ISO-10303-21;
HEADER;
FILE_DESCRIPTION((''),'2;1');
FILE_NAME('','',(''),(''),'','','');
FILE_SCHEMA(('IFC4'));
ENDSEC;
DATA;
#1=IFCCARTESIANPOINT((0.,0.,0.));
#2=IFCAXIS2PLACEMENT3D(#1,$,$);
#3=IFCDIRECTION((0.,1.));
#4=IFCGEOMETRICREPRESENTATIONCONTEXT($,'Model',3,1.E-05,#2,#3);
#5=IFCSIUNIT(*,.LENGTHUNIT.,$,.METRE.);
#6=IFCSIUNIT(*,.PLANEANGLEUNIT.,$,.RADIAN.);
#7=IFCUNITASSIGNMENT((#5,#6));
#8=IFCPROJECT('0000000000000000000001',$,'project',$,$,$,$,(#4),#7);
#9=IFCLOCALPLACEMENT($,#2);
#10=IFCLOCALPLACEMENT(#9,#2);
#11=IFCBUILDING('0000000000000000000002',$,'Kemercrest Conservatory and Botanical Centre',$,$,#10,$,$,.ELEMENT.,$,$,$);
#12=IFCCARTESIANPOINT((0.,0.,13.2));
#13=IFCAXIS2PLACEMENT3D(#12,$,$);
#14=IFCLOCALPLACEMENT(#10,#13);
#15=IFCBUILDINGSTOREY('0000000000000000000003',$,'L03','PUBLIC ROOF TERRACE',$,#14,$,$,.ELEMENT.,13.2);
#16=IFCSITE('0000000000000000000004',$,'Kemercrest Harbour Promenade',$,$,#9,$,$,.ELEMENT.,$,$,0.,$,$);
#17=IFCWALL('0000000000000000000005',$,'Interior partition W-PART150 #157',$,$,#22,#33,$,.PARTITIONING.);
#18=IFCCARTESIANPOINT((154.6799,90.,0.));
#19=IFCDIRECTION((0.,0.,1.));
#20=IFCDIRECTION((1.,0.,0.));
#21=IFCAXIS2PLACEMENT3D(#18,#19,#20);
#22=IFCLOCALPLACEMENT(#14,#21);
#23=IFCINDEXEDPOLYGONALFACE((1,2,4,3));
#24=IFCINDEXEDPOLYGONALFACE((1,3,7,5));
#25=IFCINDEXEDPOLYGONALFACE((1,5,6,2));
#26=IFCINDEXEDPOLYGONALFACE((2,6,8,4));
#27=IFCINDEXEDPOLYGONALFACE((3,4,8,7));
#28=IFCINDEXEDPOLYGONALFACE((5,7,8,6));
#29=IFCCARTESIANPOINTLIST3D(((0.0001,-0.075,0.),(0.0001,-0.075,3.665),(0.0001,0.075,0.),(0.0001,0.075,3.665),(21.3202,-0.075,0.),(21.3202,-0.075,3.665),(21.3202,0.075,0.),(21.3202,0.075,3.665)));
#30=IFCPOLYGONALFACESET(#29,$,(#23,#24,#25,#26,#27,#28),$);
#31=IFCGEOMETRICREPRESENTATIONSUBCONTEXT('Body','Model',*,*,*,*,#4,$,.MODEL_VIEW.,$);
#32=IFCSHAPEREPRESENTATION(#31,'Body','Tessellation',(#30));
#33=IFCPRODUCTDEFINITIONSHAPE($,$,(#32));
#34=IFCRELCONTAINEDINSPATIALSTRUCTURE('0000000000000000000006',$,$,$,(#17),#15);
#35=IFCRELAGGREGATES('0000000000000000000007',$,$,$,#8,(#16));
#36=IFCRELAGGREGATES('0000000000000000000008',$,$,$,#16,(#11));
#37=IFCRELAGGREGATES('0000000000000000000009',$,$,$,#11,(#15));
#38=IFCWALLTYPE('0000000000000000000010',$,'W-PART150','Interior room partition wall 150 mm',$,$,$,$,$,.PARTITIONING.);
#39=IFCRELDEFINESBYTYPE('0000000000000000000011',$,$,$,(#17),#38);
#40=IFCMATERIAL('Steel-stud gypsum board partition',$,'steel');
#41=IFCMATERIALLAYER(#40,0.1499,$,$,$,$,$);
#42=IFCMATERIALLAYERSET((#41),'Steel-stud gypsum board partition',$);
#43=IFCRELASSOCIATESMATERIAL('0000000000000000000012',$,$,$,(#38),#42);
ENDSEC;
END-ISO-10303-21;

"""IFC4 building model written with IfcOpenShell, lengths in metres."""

from ifc_helpers import new_model, si_unit, direction, frame, frame_2d, origin, place, context, subcontext, project, spatial, rectangle, extrude, material, layer, layer_set, type_object, element, save


model = new_model("IFC4")

# Units and contexts
model_context = context("Model", 3, precision=1e-05, world=origin(), true_north=direction((0.0, 1.0)))
body_context = subcontext(model_context, "Body", "Model", "MODEL_VIEW")
ifc_project = project(units=[si_unit("LENGTHUNIT", "METRE"), si_unit("PLANEANGLEUNIT", "RADIAN")], contexts=[model_context])

# Site, building, storey
site_placement = place(None, origin())
site = spatial("IfcSite", under=ifc_project, at=site_placement, Name="Kemercrest Harbour Promenade", CompositionType="ELEMENT", RefElevation=0.0)
building_placement = place(site_placement, origin())
building = spatial("IfcBuilding", under=site, at=building_placement, Name="Kemercrest Conservatory and Botanical Centre", CompositionType="ELEMENT")
storey_placement = place(building_placement, frame((0.0, 0.0, 13.2)))
storey = spatial("IfcBuildingStorey", under=building, at=storey_placement, Name="L03", Description="PUBLIC ROOF TERRACE", CompositionType="ELEMENT", Elevation=13.2)

# Wall
ifc_material_1 = material(Name="Steel-stud gypsum board partition", Category="steel")
ifc_layer_1 = layer(ifc_material_1, 0.1499)
ifc_layer_set_1 = layer_set([ifc_layer_1], Name="Steel-stud gypsum board partition")
wall_type = type_object("IfcWallType", Name="W-PART150", Description="Interior room partition wall 150 mm", PredefinedType="PARTITIONING", material=ifc_layer_set_1)
wall_1_placement = place(storey_placement, frame((154.6799, 90.0, 0.0), z_axis=(0.0, 0.0, 1.0), x_axis=(1.0, 0.0, 0.0)))
element("IfcWall", 1, at=wall_1_placement, inside=storey, type_object=wall_type, Name="Interior partition W-PART150 #157", PredefinedType="PARTITIONING", context=body_context, shape_type="SweptSolid", body=[
    extrude(rectangle(XDim=21.3201, YDim=0.1499, at=frame_2d((10.6602, 0.0))), origin(), (0.0, 0.0, 1.0), 3.665),
])

save(model, "model.ifc")
